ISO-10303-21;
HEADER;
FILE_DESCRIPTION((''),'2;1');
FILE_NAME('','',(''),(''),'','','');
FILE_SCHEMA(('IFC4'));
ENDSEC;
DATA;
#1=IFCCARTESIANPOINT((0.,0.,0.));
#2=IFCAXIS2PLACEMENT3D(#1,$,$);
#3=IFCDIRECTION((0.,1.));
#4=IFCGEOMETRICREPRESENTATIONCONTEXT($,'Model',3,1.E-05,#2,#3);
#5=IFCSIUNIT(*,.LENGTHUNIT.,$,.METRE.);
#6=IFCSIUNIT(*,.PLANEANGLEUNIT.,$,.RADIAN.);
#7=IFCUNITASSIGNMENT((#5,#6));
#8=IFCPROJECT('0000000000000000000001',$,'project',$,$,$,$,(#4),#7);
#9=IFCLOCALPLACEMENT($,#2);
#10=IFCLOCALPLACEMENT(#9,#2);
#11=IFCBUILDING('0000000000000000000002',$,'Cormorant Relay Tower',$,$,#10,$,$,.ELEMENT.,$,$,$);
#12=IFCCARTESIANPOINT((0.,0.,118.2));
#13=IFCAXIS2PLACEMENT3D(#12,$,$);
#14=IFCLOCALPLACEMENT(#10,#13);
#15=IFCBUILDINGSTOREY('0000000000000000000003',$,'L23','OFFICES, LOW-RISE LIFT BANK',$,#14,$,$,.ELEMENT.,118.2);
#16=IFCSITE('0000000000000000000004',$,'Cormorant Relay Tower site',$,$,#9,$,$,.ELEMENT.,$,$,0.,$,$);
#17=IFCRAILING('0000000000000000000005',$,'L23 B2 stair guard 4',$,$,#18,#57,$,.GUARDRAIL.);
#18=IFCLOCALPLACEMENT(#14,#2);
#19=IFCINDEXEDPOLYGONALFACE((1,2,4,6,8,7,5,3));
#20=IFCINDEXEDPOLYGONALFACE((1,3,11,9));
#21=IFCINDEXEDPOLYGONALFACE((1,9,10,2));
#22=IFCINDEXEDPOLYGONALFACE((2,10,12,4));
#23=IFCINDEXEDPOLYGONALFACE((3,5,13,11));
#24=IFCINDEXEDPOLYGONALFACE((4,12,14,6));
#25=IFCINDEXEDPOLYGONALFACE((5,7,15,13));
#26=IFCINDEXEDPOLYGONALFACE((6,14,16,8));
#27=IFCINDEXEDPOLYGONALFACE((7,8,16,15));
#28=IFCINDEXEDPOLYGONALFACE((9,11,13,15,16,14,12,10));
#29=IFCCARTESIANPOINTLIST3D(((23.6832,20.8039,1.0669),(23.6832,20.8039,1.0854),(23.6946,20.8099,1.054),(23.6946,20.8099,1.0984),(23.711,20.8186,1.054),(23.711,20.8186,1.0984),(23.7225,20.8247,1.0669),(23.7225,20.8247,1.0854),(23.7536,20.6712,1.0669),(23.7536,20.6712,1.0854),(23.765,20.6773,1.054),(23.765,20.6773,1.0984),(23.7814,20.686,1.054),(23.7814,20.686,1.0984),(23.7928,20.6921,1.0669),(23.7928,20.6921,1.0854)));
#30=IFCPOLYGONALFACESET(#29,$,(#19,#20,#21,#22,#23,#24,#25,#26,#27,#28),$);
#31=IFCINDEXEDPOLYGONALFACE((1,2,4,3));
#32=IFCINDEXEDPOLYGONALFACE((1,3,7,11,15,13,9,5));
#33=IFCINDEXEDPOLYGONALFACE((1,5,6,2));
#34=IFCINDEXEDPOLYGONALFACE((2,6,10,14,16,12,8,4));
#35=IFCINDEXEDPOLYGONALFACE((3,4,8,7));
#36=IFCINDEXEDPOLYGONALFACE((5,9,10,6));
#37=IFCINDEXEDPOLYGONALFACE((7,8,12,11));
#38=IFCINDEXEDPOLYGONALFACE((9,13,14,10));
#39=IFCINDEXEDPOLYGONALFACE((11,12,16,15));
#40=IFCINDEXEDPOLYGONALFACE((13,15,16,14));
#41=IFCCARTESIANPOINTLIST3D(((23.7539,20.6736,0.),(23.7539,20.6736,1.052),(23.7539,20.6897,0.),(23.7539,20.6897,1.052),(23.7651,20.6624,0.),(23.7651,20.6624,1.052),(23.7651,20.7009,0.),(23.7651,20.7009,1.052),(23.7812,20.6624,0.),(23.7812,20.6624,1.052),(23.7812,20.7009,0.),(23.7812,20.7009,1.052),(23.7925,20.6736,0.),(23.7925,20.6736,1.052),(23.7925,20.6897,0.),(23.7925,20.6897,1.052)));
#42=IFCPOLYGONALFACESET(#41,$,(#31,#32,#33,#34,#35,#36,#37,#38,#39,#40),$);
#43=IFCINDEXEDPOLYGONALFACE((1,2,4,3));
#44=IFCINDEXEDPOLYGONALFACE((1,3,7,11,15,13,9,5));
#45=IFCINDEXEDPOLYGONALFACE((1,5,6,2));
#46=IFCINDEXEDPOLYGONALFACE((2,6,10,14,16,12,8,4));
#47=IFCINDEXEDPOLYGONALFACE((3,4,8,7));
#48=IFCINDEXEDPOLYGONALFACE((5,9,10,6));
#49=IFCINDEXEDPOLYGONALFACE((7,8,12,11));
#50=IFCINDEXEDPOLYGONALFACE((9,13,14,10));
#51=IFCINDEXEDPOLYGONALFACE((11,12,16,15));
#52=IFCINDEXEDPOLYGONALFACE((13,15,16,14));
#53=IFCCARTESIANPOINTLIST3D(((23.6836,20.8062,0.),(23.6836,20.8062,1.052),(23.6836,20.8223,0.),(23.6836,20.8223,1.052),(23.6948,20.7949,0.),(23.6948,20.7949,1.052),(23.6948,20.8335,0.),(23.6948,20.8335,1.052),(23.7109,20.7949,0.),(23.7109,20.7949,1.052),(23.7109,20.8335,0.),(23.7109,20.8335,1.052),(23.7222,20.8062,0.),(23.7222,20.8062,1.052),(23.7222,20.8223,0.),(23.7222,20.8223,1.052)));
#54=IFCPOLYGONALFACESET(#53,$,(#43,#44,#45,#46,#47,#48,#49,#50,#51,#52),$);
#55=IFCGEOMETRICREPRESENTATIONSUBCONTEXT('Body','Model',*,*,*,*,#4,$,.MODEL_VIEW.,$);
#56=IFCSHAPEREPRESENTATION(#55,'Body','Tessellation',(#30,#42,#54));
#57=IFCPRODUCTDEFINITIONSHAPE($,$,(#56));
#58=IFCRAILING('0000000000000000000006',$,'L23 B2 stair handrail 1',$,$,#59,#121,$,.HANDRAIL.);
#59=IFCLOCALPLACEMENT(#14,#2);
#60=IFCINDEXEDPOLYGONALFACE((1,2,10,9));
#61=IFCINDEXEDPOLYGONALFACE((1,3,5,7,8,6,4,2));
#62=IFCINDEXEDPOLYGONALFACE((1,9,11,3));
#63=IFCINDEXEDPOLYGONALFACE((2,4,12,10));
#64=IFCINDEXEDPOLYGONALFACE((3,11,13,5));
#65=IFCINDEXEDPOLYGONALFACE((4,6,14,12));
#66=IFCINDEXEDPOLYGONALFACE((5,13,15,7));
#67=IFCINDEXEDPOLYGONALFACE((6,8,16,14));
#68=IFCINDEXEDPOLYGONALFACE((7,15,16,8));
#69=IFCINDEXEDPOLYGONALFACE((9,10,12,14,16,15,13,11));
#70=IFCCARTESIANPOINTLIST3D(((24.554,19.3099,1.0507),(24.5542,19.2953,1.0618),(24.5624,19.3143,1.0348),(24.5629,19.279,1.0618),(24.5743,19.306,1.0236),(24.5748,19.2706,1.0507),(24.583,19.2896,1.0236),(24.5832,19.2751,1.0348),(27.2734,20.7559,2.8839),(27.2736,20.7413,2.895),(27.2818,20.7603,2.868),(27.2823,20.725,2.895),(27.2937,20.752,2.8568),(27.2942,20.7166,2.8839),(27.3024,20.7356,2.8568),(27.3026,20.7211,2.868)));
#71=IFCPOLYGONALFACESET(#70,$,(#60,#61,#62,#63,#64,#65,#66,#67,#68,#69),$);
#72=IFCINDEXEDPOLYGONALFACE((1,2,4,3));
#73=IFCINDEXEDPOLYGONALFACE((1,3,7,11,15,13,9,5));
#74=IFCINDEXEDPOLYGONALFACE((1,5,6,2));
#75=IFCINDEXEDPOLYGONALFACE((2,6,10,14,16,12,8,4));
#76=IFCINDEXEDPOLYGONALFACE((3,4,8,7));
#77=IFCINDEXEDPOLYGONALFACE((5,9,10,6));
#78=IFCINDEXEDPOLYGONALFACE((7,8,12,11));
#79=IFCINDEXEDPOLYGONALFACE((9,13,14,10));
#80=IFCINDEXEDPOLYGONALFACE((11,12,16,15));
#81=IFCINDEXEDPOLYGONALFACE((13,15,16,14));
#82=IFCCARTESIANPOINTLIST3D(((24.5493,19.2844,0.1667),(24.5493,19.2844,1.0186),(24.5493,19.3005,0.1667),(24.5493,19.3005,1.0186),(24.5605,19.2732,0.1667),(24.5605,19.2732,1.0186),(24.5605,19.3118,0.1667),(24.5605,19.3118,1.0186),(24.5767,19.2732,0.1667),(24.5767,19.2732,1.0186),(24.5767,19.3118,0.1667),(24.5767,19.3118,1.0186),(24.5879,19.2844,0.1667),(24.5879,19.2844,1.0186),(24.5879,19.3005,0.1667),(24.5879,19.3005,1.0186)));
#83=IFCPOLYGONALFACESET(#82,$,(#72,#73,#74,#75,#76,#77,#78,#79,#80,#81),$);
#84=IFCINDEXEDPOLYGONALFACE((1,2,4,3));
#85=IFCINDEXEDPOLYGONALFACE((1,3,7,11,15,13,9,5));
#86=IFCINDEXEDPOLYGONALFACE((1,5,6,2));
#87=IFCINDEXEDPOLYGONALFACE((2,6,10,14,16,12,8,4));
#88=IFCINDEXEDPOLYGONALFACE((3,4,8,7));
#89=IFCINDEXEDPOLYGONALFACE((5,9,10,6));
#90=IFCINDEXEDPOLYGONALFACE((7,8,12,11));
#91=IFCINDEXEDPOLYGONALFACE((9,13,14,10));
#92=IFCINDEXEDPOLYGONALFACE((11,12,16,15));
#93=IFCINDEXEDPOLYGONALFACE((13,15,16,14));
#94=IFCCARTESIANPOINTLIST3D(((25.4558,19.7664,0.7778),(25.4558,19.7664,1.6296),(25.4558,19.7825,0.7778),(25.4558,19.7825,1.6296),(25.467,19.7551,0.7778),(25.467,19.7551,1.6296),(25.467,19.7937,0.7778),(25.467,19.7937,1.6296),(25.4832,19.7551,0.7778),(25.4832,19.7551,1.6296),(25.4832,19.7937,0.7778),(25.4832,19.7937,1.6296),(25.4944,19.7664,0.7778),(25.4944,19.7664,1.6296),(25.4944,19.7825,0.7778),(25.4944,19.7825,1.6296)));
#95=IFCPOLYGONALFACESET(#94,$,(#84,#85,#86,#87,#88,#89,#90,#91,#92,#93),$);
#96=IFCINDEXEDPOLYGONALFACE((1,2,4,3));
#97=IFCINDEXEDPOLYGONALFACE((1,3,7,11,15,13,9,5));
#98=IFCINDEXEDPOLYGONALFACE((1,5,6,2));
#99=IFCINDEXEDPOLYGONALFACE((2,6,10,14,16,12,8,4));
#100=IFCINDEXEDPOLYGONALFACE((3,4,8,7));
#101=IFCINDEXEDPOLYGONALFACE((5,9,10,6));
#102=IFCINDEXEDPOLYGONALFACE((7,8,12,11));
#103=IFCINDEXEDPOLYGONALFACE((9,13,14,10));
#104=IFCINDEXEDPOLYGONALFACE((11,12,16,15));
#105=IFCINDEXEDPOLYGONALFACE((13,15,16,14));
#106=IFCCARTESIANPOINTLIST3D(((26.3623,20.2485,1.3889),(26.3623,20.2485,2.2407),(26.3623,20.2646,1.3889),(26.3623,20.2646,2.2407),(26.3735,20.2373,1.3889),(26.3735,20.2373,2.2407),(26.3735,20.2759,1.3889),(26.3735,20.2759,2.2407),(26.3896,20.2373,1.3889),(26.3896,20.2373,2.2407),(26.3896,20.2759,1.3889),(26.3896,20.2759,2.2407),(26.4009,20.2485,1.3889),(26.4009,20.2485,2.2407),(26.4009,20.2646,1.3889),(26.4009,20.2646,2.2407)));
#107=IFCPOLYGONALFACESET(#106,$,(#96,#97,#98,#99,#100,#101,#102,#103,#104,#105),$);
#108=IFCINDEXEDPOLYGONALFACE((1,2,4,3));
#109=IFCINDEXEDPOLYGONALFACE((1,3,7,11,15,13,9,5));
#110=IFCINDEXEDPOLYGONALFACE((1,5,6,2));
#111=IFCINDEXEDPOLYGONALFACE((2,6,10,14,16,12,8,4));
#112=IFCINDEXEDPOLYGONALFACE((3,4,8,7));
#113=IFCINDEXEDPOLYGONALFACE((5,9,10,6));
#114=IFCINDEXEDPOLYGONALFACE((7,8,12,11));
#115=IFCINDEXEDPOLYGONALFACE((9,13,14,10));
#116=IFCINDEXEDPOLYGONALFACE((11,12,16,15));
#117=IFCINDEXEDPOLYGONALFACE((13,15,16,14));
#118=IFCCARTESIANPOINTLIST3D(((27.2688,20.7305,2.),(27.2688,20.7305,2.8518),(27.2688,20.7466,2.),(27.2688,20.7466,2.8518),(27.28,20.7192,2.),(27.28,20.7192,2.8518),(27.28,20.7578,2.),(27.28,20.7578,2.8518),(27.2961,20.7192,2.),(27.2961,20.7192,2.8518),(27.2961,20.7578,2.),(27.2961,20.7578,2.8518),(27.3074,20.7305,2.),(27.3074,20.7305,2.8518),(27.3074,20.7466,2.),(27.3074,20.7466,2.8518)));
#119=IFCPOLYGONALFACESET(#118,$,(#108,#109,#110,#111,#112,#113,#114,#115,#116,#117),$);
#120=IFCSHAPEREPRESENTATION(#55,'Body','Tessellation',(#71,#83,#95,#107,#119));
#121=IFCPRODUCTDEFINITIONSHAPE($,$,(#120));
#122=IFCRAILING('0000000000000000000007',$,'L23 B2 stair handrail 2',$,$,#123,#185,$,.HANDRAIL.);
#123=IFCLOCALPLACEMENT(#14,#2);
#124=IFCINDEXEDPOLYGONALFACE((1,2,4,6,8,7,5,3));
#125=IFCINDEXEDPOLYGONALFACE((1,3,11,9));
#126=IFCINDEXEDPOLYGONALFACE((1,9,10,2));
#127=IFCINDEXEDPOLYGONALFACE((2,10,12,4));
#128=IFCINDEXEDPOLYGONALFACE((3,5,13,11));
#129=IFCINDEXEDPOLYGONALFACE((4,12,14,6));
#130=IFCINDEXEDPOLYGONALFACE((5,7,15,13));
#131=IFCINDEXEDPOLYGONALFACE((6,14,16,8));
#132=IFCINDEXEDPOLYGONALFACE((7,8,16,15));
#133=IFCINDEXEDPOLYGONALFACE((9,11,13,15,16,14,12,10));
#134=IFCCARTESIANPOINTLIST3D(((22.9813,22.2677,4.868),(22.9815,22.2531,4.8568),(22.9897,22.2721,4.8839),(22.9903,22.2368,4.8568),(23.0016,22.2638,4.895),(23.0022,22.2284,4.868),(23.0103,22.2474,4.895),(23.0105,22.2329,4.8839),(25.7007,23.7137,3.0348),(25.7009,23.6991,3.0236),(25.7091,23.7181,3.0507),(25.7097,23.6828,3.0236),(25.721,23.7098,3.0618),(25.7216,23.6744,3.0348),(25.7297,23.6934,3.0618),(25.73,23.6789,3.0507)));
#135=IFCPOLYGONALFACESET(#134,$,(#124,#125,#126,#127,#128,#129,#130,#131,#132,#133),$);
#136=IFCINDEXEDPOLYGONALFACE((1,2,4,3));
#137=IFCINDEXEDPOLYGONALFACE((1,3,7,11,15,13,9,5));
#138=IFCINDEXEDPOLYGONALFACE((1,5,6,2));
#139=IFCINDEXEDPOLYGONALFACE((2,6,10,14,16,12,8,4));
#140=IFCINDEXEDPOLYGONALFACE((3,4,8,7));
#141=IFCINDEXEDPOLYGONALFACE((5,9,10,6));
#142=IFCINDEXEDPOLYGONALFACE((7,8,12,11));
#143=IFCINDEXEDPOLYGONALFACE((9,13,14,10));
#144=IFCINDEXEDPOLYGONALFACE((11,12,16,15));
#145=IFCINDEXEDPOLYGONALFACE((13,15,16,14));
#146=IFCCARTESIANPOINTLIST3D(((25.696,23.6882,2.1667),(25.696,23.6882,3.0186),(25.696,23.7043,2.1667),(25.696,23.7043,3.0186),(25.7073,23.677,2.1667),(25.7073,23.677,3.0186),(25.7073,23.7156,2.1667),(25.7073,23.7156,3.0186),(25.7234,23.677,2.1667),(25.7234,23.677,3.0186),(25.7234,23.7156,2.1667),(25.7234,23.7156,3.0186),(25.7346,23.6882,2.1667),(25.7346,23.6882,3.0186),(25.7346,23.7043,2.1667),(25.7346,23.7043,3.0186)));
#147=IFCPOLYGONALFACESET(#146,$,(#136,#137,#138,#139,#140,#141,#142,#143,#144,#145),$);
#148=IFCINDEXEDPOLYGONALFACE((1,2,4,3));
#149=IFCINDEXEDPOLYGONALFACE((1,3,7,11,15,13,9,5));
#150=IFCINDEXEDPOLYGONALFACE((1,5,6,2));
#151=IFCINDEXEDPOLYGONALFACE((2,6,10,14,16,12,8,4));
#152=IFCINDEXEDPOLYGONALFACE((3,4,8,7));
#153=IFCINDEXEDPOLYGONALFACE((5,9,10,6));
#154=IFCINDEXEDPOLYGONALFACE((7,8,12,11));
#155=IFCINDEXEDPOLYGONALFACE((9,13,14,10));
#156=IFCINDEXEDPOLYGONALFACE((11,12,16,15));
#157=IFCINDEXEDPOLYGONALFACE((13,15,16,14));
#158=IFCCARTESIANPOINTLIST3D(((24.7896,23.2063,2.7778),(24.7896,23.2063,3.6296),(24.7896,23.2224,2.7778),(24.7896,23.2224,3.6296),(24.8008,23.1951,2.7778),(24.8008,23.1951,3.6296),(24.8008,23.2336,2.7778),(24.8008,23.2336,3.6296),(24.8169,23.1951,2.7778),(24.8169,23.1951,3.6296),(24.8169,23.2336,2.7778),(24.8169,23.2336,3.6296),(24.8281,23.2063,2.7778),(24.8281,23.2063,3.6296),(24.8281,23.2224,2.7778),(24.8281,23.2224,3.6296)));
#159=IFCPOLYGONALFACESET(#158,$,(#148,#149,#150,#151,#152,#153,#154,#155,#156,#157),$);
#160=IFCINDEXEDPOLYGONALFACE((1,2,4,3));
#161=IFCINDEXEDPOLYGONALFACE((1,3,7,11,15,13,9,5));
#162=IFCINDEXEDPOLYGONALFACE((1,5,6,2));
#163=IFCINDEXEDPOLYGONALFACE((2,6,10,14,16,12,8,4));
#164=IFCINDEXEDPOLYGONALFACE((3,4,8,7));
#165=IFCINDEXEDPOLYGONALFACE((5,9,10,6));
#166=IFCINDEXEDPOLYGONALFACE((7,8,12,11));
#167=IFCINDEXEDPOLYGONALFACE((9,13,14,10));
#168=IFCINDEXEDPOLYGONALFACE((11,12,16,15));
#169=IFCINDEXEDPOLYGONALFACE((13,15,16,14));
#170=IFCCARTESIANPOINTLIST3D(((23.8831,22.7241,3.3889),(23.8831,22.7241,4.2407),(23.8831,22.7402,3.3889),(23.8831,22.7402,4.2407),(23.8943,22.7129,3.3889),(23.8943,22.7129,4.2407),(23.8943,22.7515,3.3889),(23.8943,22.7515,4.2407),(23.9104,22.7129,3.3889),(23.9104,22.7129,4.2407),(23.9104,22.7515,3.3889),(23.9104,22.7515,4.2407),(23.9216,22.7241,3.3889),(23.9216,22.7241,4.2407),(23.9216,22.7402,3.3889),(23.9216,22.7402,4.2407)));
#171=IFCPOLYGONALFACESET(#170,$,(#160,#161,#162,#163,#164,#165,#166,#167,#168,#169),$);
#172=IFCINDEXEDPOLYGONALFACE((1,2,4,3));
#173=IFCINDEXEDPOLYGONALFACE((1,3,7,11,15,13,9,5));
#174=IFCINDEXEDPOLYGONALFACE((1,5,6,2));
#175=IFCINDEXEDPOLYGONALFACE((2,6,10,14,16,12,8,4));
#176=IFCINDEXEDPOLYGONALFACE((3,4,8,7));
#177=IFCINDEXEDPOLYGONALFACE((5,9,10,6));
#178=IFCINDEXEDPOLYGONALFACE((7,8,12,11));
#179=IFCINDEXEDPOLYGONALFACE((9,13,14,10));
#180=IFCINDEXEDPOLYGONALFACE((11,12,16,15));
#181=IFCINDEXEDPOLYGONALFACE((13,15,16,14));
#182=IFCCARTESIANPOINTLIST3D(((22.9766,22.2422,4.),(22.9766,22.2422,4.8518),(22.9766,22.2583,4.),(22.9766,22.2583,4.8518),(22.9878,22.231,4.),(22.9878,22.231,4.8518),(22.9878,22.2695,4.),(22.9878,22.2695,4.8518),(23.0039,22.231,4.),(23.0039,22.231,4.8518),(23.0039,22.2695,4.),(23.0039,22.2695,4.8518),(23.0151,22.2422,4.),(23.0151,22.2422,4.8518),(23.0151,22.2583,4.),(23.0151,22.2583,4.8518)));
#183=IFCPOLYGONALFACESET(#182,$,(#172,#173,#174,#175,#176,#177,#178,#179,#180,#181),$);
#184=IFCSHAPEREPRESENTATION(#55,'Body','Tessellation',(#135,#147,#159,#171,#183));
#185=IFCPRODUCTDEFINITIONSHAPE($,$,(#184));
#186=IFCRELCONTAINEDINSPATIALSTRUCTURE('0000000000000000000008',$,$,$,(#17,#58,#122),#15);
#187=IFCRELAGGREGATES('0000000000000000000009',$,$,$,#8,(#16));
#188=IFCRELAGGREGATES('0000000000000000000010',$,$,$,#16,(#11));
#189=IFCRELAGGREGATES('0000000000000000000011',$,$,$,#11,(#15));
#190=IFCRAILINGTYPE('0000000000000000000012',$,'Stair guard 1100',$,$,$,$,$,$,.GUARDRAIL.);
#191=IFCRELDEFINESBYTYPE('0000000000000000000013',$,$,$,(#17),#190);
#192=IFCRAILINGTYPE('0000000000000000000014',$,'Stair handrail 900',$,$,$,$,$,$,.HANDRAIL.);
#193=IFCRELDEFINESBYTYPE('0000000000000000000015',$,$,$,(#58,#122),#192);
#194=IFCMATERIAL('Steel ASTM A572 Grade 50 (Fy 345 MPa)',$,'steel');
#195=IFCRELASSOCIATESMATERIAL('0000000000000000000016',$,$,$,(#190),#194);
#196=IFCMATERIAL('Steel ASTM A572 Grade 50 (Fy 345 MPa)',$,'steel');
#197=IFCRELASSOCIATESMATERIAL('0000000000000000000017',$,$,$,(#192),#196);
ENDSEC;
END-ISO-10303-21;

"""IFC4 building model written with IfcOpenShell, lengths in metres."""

from ifc_helpers import new_model, si_unit, direction, frame, origin, place, context, subcontext, project, spatial, polyline, outline, extrude, material, type_object, element, save


model = new_model("IFC4")

# Units and contexts
model_context = context("Model", 3, precision=1e-05, world=origin(), true_north=direction((0.0, 1.0)))
body_context = subcontext(model_context, "Body", "Model", "MODEL_VIEW")
ifc_project = project(units=[si_unit("LENGTHUNIT", "METRE"), si_unit("PLANEANGLEUNIT", "RADIAN")], contexts=[model_context])

# Site, building, storey
site_placement = place(None, origin())
site = spatial("IfcSite", under=ifc_project, at=site_placement, Name="Cormorant Relay Tower site", CompositionType="ELEMENT", RefElevation=0.0)
building_placement = place(site_placement, origin())
building = spatial("IfcBuilding", under=site, at=building_placement, Name="Cormorant Relay Tower", CompositionType="ELEMENT")
storey_placement = place(building_placement, frame((0.0, 0.0, 118.2)))
storey = spatial("IfcBuildingStorey", under=building, at=storey_placement, Name="L23", Description="OFFICES, LOW-RISE LIFT BANK", CompositionType="ELEMENT", Elevation=118.2)

# Railings
ifc_material_1 = material(Name="Steel ASTM A572 Grade 50 (Fy 345 MPa)", Category="steel")
railing_type_1 = type_object("IfcRailingType", Name="Stair guard 1100", PredefinedType="GUARDRAIL", material=ifc_material_1)
railing_1_placement = place(storey_placement, frame((23.7732, 20.6816, 0.0)))
element("IfcRailing", 1, at=railing_1_placement, inside=storey, type_object=railing_type_1, Name="L23 B2 stair guard 4", PredefinedType="GUARDRAIL", context=body_context, shape_type="SweptSolid", body=[
    extrude(outline(polyline([(0.0222, 0.0093), (0.0093, 0.0222), (-0.0093, 0.0222), (-0.0222, 0.0093), (-0.0222, -0.0093), (-0.0093, -0.0222), (0.0093, -0.0222), (0.0222, -0.0093), (0.0222, 0.0093)])), frame((0.0, 0.0, 1.0762), z_axis=(-0.46856, 0.883431, 0.0), x_axis=(-0.883431, -0.46856, 0.0)), (0.0, 0.0, 1.0), 0.1501),
    extrude(outline(polyline([(0.0193, 0.0081), (0.0081, 0.0193), (-0.0081, 0.0193), (-0.0193, 0.0081), (-0.0193, -0.0081), (-0.0081, -0.0193), (0.0081, -0.0193), (0.0193, -0.0081), (0.0193, 0.0081)])), origin(), (0.0, 0.0, 1.0), 1.052),
    extrude(outline(polyline([(0.0193, 0.0081), (0.0081, 0.0193), (-0.0081, 0.0193), (-0.0193, 0.0081), (-0.0193, -0.0081), (-0.0081, -0.0193), (0.0081, -0.0193), (0.0193, -0.0081), (0.0193, 0.0081)])), frame((-0.0703, 0.1326, 0.0)), (0.0, 0.0, 1.0), 1.052),
])
ifc_material_2 = material(Name="Steel ASTM A572 Grade 50 (Fy 345 MPa)", Category="steel")
railing_type_2 = type_object("IfcRailingType", Name="Stair handrail 900", PredefinedType="HANDRAIL", material=ifc_material_2)
railing_2_placement = place(storey_placement, frame((24.5686, 19.2925, 0.1667)))
element("IfcRailing", 2, at=railing_2_placement, inside=storey, type_object=railing_type_2, Name="L23 B2 stair handrail 1", PredefinedType="HANDRAIL", context=body_context, shape_type="SweptSolid", body=[
    extrude(outline(polyline([(0.0222, 0.0093), (0.0093, 0.0222), (-0.0093, 0.0222), (-0.0222, 0.0093), (-0.0222, -0.0093), (-0.0093, -0.0222), (0.0093, -0.0222), (0.0222, -0.0093), (0.0222, 0.0093)])), frame((0.0, 0.0, 0.876), z_axis=(0.758714, 0.403435, 0.511463), x_axis=(-0.469489, 0.882938, 0.0)), (0.0, 0.0, 1.0), 3.5842),
    extrude(outline(polyline([(0.0193, 0.0081), (0.0081, 0.0193), (-0.0081, 0.0193), (-0.0193, 0.0081), (-0.0193, -0.0081), (-0.0081, -0.0193), (0.0081, -0.0193), (0.0193, -0.0081), (0.0193, 0.0081)])), origin(), (0.0, 0.0, 1.0), 0.8518),
    extrude(outline(polyline([(0.0193, 0.0081), (0.0081, 0.0193), (-0.0081, 0.0193), (-0.0193, 0.0081), (-0.0193, -0.0081), (-0.0081, -0.0193), (0.0081, -0.0193), (0.0193, -0.0081), (0.0193, 0.0081)])), frame((0.9065, 0.4819, 0.6111)), (0.0, 0.0, 1.0), 0.8518),
    extrude(outline(polyline([(0.0193, 0.0081), (0.0081, 0.0193), (-0.0081, 0.0193), (-0.0193, 0.0081), (-0.0193, -0.0081), (-0.0081, -0.0193), (0.0081, -0.0193), (0.0193, -0.0081), (0.0193, 0.0081)])), frame((1.813, 0.9641, 1.2222)), (0.0, 0.0, 1.0), 0.8518),
    extrude(outline(polyline([(0.0193, 0.0081), (0.0081, 0.0193), (-0.0081, 0.0193), (-0.0193, 0.0081), (-0.0193, -0.0081), (-0.0081, -0.0193), (0.0081, -0.0193), (0.0193, -0.0081), (0.0193, 0.0081)])), frame((2.7195, 1.446, 1.8333)), (0.0, 0.0, 1.0), 0.8518),
])
railing_3_placement = place(storey_placement, frame((25.7153, 23.6963, 2.1667)))
element("IfcRailing", 3, at=railing_3_placement, inside=storey, type_object=railing_type_2, Name="L23 B2 stair handrail 2", PredefinedType="HANDRAIL", context=body_context, shape_type="SweptSolid", body=[
    extrude(outline(polyline([(0.0222, 0.0093), (0.0093, 0.0222), (-0.0093, 0.0222), (-0.0222, 0.0093), (-0.0222, -0.0093), (-0.0093, -0.0222), (0.0093, -0.0222), (0.0222, -0.0093), (0.0222, 0.0093)])), frame((0.0, 0.0, 0.876), z_axis=(-0.758714, -0.403435, 0.511463), x_axis=(0.469489, -0.882938, 0.0)), (0.0, 0.0, 1.0), 3.5842),
    extrude(outline(polyline([(0.0193, 0.0081), (0.0081, 0.0193), (-0.0081, 0.0193), (-0.0193, 0.0081), (-0.0193, -0.0081), (-0.0081, -0.0193), (0.0081, -0.0193), (0.0193, -0.0081), (0.0193, 0.0081)])), origin(), (0.0, 0.0, 1.0), 0.8518),
    extrude(outline(polyline([(0.0193, 0.0081), (0.0081, 0.0193), (-0.0081, 0.0193), (-0.0193, 0.0081), (-0.0193, -0.0081), (-0.0081, -0.0193), (0.0081, -0.0193), (0.0193, -0.0081), (0.0193, 0.0081)])), frame((-0.9065, -0.4819, 0.6111)), (0.0, 0.0, 1.0), 0.8518),
    extrude(outline(polyline([(0.0193, 0.0081), (0.0081, 0.0193), (-0.0081, 0.0193), (-0.0193, 0.0081), (-0.0193, -0.0081), (-0.0081, -0.0193), (0.0081, -0.0193), (0.0193, -0.0081), (0.0193, 0.0081)])), frame((-1.813, -0.9641, 1.2222)), (0.0, 0.0, 1.0), 0.8518),
    extrude(outline(polyline([(0.0193, 0.0081), (0.0081, 0.0193), (-0.0081, 0.0193), (-0.0193, 0.0081), (-0.0193, -0.0081), (-0.0081, -0.0193), (0.0081, -0.0193), (0.0193, -0.0081), (0.0193, 0.0081)])), frame((-2.7195, -1.446, 1.8333)), (0.0, 0.0, 1.0), 0.8518),
])

save(model, "model.ifc")
